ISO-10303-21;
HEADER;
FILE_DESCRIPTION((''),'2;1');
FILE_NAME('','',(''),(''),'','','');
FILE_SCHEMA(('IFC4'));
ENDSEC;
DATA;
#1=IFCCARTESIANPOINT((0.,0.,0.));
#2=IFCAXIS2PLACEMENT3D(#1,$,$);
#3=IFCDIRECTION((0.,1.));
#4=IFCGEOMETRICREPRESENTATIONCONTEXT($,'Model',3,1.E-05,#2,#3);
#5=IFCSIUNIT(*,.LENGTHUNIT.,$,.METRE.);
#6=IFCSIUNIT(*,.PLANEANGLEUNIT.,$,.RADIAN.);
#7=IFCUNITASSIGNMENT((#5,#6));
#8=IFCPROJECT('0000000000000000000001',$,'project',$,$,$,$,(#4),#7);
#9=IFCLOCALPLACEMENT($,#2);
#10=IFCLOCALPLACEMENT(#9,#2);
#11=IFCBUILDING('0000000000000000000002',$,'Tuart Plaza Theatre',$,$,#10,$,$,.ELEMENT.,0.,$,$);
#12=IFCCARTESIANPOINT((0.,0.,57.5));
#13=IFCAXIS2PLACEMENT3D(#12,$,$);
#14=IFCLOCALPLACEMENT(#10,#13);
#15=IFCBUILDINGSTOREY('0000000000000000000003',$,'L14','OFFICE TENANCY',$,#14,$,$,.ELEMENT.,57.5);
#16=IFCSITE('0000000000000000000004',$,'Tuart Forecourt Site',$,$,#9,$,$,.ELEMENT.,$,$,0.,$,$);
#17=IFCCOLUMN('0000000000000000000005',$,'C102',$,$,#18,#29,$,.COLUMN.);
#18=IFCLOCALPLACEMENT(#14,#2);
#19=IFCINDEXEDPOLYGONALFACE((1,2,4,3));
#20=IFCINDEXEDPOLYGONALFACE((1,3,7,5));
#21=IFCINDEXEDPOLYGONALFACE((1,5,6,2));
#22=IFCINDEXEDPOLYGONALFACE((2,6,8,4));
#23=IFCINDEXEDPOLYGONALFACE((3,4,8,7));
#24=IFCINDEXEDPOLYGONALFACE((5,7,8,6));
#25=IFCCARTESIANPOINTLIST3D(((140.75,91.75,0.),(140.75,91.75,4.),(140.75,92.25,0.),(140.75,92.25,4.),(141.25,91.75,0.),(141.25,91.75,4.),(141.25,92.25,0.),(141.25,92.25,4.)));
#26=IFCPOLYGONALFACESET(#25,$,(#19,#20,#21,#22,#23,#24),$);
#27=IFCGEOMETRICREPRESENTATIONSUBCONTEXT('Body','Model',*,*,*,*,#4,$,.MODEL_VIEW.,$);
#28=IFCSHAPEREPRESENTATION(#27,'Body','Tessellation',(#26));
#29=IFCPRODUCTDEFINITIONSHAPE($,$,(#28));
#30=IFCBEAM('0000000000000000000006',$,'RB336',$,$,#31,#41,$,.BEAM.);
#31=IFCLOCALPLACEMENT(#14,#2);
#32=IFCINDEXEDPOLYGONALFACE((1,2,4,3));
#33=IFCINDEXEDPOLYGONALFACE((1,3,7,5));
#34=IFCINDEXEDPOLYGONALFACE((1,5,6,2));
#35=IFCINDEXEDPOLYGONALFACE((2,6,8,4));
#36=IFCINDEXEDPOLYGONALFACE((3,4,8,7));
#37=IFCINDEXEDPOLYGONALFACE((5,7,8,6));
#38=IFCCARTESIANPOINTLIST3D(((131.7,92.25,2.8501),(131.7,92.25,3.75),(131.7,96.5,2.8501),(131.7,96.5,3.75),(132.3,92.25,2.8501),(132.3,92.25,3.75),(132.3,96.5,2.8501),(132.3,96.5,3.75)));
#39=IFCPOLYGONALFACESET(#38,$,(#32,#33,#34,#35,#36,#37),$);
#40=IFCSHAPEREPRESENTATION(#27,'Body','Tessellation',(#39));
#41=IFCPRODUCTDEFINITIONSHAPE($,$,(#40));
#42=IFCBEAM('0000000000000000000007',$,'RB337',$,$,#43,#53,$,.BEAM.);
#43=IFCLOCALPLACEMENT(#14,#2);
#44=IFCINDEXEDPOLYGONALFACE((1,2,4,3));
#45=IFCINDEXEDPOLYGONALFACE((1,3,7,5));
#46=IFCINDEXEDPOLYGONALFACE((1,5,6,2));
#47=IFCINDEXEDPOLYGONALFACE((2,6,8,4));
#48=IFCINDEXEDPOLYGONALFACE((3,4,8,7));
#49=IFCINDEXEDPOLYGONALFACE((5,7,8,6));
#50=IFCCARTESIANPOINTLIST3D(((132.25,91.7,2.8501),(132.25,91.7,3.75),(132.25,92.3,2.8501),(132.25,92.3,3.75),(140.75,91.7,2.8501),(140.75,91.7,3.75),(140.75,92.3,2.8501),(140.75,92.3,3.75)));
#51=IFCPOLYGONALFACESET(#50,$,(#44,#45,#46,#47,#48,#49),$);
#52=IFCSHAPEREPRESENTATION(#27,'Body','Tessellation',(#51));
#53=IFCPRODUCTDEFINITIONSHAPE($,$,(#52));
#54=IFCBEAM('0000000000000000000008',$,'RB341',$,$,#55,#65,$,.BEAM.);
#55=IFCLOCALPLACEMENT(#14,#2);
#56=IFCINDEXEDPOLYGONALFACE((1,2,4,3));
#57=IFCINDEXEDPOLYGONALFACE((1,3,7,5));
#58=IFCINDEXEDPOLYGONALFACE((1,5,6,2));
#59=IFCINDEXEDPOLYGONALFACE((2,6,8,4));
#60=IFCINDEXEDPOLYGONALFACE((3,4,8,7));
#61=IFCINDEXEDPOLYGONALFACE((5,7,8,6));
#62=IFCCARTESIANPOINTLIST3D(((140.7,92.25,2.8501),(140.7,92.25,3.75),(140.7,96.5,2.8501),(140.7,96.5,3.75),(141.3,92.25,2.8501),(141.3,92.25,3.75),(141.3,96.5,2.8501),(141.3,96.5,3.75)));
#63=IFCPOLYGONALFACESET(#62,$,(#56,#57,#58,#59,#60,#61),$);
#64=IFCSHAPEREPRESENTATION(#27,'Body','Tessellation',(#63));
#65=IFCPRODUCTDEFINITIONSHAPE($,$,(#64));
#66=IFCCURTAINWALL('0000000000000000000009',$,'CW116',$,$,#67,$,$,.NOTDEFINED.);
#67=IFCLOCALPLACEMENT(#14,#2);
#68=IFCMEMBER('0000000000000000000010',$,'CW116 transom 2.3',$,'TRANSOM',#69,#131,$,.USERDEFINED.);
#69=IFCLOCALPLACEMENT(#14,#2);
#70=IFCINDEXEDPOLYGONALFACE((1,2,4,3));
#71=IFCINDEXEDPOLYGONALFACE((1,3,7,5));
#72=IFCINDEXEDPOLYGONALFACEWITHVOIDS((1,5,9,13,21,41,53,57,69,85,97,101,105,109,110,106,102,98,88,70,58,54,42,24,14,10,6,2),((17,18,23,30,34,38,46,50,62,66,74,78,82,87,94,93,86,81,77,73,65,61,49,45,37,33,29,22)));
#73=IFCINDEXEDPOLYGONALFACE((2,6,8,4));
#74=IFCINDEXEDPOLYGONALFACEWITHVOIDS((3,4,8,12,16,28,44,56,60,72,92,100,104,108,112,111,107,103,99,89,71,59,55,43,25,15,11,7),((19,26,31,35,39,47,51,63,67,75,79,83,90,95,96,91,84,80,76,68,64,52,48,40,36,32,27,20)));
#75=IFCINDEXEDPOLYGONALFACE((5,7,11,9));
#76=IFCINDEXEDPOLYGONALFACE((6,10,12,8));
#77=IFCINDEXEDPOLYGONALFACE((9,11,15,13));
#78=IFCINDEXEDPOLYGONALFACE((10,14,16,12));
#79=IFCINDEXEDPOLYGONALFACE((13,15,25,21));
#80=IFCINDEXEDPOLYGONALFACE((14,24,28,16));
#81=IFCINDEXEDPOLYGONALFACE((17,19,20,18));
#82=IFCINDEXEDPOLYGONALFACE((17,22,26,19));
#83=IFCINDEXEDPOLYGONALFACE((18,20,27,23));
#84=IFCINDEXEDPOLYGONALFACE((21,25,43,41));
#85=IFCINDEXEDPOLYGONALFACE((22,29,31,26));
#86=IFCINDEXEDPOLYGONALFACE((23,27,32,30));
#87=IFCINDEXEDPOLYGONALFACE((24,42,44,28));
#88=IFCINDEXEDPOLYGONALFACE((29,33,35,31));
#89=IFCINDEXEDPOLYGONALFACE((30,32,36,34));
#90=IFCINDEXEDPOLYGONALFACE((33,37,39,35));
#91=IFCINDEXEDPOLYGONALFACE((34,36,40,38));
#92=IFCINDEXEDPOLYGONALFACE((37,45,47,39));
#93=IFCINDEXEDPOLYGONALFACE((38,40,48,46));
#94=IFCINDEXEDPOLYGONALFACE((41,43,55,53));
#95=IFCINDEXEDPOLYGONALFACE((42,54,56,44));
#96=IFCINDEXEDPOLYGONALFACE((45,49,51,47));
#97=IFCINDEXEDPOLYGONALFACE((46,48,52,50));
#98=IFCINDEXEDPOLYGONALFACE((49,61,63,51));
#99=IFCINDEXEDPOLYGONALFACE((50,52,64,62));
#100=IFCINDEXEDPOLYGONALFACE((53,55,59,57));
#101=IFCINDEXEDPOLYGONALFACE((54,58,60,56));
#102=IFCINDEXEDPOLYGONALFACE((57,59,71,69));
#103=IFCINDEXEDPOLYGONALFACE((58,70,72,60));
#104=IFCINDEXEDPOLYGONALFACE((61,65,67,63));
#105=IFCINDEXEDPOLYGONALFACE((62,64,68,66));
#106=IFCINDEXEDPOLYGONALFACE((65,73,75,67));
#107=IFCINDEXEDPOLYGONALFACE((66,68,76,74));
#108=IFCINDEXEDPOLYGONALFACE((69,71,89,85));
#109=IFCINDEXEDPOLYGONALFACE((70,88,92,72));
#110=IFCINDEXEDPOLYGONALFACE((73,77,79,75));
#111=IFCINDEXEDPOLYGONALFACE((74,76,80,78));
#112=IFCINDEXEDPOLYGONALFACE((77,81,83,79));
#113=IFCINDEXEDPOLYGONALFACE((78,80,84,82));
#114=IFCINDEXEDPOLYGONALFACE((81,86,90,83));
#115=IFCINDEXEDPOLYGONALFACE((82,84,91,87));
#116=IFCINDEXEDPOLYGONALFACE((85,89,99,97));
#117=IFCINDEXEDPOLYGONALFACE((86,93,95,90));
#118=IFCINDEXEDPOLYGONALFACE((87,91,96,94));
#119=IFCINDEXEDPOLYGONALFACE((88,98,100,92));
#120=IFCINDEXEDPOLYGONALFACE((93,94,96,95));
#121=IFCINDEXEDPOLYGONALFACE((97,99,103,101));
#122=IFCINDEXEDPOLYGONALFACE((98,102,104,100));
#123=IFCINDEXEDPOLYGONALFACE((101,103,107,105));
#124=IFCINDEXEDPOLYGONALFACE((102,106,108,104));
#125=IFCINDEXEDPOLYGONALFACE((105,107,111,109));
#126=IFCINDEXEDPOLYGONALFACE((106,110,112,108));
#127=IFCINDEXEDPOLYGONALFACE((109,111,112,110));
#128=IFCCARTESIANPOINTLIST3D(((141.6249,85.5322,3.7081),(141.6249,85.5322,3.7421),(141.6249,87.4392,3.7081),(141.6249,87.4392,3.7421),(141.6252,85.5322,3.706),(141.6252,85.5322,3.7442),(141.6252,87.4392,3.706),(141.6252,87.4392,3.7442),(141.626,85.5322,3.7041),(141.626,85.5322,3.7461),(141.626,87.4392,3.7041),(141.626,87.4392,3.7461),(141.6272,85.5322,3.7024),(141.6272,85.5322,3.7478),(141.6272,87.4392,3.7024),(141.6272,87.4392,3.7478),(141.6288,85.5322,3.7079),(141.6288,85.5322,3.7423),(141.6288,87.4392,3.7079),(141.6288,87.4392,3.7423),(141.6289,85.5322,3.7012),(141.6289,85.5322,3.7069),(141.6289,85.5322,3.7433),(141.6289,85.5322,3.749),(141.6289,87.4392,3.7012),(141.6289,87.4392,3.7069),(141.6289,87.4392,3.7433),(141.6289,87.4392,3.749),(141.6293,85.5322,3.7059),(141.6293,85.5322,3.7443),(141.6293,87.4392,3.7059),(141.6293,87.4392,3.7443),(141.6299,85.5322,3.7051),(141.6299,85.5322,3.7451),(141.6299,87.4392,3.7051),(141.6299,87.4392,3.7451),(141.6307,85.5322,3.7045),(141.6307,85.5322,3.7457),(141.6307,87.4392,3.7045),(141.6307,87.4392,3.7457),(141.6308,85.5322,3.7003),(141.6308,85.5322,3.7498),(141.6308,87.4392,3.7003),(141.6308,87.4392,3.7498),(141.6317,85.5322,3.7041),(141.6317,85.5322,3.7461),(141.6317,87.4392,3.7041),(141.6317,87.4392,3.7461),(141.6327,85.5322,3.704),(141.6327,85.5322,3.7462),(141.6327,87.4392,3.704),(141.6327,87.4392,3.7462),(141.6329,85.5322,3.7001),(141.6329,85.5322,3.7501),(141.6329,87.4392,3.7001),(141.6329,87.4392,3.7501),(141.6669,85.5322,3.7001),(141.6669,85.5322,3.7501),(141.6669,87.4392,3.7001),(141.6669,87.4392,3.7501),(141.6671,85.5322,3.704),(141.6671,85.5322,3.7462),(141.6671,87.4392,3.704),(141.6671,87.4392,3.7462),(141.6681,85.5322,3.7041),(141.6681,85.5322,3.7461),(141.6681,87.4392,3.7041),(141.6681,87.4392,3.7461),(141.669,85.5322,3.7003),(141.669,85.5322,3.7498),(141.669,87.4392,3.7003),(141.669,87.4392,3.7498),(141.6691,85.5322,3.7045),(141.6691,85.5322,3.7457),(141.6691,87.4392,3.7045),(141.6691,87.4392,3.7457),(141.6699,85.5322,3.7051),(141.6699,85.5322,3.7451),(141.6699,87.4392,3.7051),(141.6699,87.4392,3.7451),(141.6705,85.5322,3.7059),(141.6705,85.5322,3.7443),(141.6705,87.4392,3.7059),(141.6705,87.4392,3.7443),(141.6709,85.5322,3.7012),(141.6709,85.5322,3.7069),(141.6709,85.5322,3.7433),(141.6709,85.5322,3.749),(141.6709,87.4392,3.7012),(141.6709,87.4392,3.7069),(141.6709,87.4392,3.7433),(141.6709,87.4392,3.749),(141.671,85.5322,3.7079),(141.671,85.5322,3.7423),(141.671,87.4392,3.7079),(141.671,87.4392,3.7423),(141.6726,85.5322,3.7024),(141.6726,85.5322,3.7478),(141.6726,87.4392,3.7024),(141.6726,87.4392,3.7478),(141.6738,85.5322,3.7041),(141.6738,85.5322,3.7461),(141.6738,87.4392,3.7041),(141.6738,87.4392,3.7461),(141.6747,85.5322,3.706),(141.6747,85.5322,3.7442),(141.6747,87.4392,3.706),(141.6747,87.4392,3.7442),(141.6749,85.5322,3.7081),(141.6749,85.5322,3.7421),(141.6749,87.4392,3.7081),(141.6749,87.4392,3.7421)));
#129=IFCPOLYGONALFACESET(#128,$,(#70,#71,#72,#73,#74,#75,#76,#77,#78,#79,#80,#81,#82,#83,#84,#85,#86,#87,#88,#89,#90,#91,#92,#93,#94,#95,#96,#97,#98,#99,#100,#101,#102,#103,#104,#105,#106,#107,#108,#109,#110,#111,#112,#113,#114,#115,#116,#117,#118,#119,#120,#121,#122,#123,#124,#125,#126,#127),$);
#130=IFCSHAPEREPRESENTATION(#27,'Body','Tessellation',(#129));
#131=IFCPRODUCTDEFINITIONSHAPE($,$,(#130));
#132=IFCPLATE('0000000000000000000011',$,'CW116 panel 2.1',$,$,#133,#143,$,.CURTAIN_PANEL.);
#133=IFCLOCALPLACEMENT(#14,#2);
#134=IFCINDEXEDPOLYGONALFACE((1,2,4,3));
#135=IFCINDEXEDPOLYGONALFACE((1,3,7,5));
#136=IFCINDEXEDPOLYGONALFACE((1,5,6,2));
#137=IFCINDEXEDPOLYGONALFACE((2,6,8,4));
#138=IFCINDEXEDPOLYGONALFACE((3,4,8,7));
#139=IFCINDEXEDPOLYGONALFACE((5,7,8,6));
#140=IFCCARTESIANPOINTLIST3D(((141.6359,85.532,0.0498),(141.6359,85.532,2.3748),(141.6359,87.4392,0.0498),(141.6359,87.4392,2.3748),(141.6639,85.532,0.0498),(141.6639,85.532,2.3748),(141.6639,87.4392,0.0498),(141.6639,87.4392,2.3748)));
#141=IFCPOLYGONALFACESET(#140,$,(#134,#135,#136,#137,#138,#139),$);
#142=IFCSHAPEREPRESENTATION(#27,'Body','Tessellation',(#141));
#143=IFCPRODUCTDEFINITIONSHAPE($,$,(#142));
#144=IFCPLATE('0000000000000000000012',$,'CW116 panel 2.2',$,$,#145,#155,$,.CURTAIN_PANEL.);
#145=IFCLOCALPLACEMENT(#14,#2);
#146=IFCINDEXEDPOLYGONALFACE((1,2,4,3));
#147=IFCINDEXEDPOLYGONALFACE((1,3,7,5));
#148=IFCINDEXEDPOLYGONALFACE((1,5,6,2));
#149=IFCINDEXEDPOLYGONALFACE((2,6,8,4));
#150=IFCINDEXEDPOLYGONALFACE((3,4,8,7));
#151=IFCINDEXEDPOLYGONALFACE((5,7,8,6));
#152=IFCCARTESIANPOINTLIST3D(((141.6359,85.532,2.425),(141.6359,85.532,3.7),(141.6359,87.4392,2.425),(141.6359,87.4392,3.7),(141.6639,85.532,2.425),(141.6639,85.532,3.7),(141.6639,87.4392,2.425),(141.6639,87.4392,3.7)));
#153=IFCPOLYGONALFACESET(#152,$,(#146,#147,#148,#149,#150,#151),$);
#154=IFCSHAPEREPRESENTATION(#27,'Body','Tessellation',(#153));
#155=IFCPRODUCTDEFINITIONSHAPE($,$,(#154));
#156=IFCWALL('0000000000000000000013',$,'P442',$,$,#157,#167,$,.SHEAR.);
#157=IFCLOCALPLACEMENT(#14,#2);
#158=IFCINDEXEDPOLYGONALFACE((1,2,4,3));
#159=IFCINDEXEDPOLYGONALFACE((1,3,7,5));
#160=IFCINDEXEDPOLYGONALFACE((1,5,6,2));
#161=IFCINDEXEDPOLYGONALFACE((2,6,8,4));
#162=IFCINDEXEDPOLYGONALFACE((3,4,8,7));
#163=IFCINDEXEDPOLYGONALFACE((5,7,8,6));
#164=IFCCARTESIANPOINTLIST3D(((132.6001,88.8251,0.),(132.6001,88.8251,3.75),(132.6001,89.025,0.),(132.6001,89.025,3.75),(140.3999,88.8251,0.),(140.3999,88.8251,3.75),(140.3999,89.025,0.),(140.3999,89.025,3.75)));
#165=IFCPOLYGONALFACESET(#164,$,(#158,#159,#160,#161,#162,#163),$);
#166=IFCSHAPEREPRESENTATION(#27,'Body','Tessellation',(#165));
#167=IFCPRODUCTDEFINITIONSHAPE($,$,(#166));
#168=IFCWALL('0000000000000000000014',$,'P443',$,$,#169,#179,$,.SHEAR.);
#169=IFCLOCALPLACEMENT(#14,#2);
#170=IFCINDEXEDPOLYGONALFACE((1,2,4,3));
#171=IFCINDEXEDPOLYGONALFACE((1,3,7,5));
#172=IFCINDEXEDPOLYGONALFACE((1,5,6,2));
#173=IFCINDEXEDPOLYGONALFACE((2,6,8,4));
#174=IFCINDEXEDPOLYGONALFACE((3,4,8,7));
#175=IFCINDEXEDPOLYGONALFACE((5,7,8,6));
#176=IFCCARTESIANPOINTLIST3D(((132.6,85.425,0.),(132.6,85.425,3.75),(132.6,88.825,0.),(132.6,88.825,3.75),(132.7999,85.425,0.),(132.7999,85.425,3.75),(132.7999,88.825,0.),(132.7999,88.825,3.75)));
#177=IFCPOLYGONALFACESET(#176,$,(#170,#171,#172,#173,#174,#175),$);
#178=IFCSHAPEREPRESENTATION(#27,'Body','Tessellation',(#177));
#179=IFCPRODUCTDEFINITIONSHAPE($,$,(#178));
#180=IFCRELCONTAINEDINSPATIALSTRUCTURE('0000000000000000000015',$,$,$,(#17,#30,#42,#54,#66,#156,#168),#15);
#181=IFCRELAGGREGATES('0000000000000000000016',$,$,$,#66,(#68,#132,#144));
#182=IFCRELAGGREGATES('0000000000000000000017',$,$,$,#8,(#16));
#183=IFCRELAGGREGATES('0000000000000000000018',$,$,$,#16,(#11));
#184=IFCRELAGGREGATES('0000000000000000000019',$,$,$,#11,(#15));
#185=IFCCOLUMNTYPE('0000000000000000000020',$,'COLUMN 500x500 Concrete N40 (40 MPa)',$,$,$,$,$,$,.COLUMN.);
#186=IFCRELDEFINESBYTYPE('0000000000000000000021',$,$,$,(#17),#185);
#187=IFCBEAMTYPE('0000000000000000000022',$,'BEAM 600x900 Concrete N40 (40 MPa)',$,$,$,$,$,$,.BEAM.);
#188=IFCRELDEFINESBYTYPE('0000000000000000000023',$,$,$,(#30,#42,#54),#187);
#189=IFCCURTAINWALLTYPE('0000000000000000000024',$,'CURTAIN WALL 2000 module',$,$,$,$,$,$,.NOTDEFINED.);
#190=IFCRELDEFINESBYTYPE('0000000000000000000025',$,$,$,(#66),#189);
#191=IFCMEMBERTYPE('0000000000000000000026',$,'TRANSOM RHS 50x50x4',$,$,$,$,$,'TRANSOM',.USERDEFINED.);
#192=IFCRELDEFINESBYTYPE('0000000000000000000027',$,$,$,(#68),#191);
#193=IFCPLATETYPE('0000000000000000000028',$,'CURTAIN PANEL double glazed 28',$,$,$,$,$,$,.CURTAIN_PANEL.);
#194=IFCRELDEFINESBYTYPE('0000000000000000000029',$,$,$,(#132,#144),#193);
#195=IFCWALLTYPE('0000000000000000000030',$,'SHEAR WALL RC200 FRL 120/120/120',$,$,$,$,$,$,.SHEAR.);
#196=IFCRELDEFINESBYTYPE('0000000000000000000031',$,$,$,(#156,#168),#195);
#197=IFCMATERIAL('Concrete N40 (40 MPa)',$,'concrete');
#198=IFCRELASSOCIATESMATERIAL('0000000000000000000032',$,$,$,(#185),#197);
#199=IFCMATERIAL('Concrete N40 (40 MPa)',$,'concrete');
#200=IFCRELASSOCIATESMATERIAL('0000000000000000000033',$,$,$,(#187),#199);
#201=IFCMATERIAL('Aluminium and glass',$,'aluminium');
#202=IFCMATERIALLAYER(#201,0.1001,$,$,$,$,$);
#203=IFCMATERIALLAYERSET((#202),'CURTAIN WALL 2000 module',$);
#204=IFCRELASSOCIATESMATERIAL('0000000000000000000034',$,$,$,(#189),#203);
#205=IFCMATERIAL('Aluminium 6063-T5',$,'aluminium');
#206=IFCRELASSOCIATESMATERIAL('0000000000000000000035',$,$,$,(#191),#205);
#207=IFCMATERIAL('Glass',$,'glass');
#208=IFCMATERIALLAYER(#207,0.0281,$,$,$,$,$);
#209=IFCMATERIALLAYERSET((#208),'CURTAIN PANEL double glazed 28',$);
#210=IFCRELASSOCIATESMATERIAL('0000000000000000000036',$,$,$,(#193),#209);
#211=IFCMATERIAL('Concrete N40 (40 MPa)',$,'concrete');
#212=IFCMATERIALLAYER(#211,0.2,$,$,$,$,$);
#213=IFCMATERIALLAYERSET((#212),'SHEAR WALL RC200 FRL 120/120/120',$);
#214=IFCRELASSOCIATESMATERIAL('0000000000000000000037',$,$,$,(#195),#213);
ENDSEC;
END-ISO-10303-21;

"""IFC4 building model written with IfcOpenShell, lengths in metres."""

from ifc_helpers import new_model, si_unit, direction, frame, frame_2d, origin, origin_2d, place, context, subcontext, project, spatial, rectangle, hollow_rectangle, extrude, material, layer, layer_set, material_profile, profile_set, type_object, element, aggregate, save


model = new_model("IFC4")

# Units and contexts
model_context = context("Model", 3, precision=1e-05, world=origin(), true_north=direction((0.0, 1.0)))
body_context = subcontext(model_context, "Body", "Model", "MODEL_VIEW")
ifc_project = project(units=[si_unit("LENGTHUNIT", "METRE"), si_unit("PLANEANGLEUNIT", "RADIAN")], contexts=[model_context])

# Site, building, storey
site_placement = place(None, origin())
site = spatial("IfcSite", under=ifc_project, at=site_placement, Name="Tuart Forecourt Site", CompositionType="ELEMENT", RefElevation=0.0)
building_placement = place(site_placement, origin())
building = spatial("IfcBuilding", under=site, at=building_placement, Name="Tuart Plaza Theatre", CompositionType="ELEMENT", ElevationOfRefHeight=0.0)
storey_placement = place(building_placement, frame((0.0, 0.0, 57.5)))
storey = spatial("IfcBuildingStorey", under=building, at=storey_placement, Name="L14", Description="OFFICE TENANCY", CompositionType="ELEMENT", Elevation=57.5)

# Column
ifc_material_1 = material(Name="Concrete N40 (40 MPa)", Category="concrete")
ifc_material_profile_1 = material_profile(ifc_material_1, rectangle(XDim=0.5, YDim=0.5, at=origin_2d()), Name="COLUMN 500x500 Concrete N40 (40 MPa)")
ifc_profile_set_1 = profile_set([ifc_material_profile_1], Name="Concrete N40 (40 MPa)")
column_type = type_object("IfcColumnType", Name="COLUMN 500x500 Concrete N40 (40 MPa)", PredefinedType="COLUMN", material=ifc_profile_set_1)
column_placement = place(storey_placement, frame((141.0, 92.0, 0.0), z_axis=(0.0, 0.0, 1.0), x_axis=(1.0, 0.0, 0.0)))
element("IfcColumn", 1, at=column_placement, inside=storey, type_object=column_type, Name="C102", PredefinedType="COLUMN", context=body_context, shape_type="SweptSolid", body=[
    extrude(rectangle(XDim=0.5, YDim=0.5, at=origin_2d()), origin(), (0.0, 0.0, 1.0), 4.0),
])

# Beams
ifc_material_2 = material(Name="Concrete N40 (40 MPa)", Category="concrete")
ifc_material_profile_2 = material_profile(ifc_material_2, rectangle(XDim=0.6001, YDim=0.8999, at=origin_2d()), Name="BEAM 600x900 Concrete N40 (40 MPa)")
ifc_profile_set_2 = profile_set([ifc_material_profile_2], Name="Concrete N40 (40 MPa)")
beam_type = type_object("IfcBeamType", Name="BEAM 600x900 Concrete N40 (40 MPa)", PredefinedType="BEAM", material=ifc_profile_set_2)
beam_1_placement = place(storey_placement, frame((132.0, 92.25, 3.3), z_axis=(0.0, 1.0, 0.0), x_axis=(-1.0, 0.0, 0.0)))
element("IfcBeam", 2, at=beam_1_placement, inside=storey, type_object=beam_type, Name="RB336", PredefinedType="BEAM", context=body_context, shape_type="SweptSolid", body=[
    extrude(rectangle(XDim=0.6001, YDim=0.8999, at=origin_2d()), origin(), (0.0, 0.0, 1.0), 4.25),
])
beam_2_placement = place(storey_placement, frame((132.25, 92.0, 3.3), z_axis=(1.0, 0.0, 0.0), x_axis=(0.0, 1.0, 0.0)))
element("IfcBeam", 3, at=beam_2_placement, inside=storey, type_object=beam_type, Name="RB337", PredefinedType="BEAM", context=body_context, shape_type="SweptSolid", body=[
    extrude(rectangle(XDim=0.6001, YDim=0.8999, at=origin_2d()), origin(), (0.0, 0.0, 1.0), 8.5),
])
beam_3_placement = place(storey_placement, frame((141.0, 92.25, 3.3), z_axis=(0.0, 1.0, 0.0), x_axis=(-1.0, 0.0, 0.0)))
element("IfcBeam", 4, at=beam_3_placement, inside=storey, type_object=beam_type, Name="RB341", PredefinedType="BEAM", context=body_context, shape_type="SweptSolid", body=[
    extrude(rectangle(XDim=0.6001, YDim=0.8999, at=origin_2d()), origin(), (0.0, 0.0, 1.0), 4.25),
])

# Curtain wall, member, plates
ifc_material_3 = material(Name="Aluminium and glass", Category="aluminium")
ifc_layer_1 = layer(ifc_material_3, 0.1001)
ifc_layer_set_1 = layer_set([ifc_layer_1], Name="CURTAIN WALL 2000 module")
curtain_wall_type = type_object("IfcCurtainWallType", Name="CURTAIN WALL 2000 module", PredefinedType="NOTDEFINED", material=ifc_layer_set_1)
curtain_wall_placement = place(storey_placement, origin())
curtain_wall = element("IfcCurtainWall", 5, at=curtain_wall_placement, inside=storey, type_object=curtain_wall_type, Name="CW116", PredefinedType="NOTDEFINED")
ifc_material_4 = material(Name="Aluminium 6063-T5", Category="aluminium")
ifc_material_profile_3 = material_profile(ifc_material_4, hollow_rectangle(XDim=0.05, YDim=0.05, WallThickness=0.0039, InnerFilletRadius=0.0039, OuterFilletRadius=0.0081, at=origin_2d()), Name="RHS 50x50x4")
ifc_profile_set_3 = profile_set([ifc_material_profile_3], Name="Aluminium 6063-T5")
member_type = type_object("IfcMemberType", Name="TRANSOM RHS 50x50x4", ElementType="TRANSOM", PredefinedType="USERDEFINED", material=ifc_profile_set_3)
member_placement = place(storey_placement, frame((141.6499, 85.5322, 3.7251), z_axis=(0.0, 1.0, 0.0), x_axis=(-1.0, 0.0, 0.0)))
member = element("IfcMember", 6, at=member_placement, type_object=member_type, Name="CW116 transom 2.3", ObjectType="TRANSOM", PredefinedType="USERDEFINED", context=body_context, shape_type="SweptSolid", body=[
    extrude(hollow_rectangle(XDim=0.05, YDim=0.05, WallThickness=0.0039, InnerFilletRadius=0.0039, OuterFilletRadius=0.0081, at=origin_2d()), origin(), (0.0, 0.0, 1.0), 1.907),
])
ifc_material_5 = material(Name="Glass", Category="glass")
ifc_layer_2 = layer(ifc_material_5, 0.0281)
ifc_layer_set_2 = layer_set([ifc_layer_2], Name="CURTAIN PANEL double glazed 28")
plate_type = type_object("IfcPlateType", Name="CURTAIN PANEL double glazed 28", PredefinedType="CURTAIN_PANEL", material=ifc_layer_set_2)
plate_1_placement = place(storey_placement, frame((141.6499, 86.4856, 0.0498), z_axis=(0.0, 0.0, 1.0), x_axis=(0.0, 1.0, 0.0)))
plate_1 = element("IfcPlate", 7, at=plate_1_placement, type_object=plate_type, Name="CW116 panel 2.1", PredefinedType="CURTAIN_PANEL", context=body_context, shape_type="SweptSolid", body=[
    extrude(rectangle(XDim=1.9072, YDim=0.0281, at=origin_2d()), origin(), (0.0, 0.0, 1.0), 2.325),
])
plate_2_placement = place(storey_placement, frame((141.6499, 86.4856, 2.425), z_axis=(0.0, 0.0, 1.0), x_axis=(0.0, 1.0, 0.0)))
plate_2 = element("IfcPlate", 8, at=plate_2_placement, type_object=plate_type, Name="CW116 panel 2.2", PredefinedType="CURTAIN_PANEL", context=body_context, shape_type="SweptSolid", body=[
    extrude(rectangle(XDim=1.9072, YDim=0.0281, at=origin_2d()), origin(), (0.0, 0.0, 1.0), 1.2749),
])
aggregate(curtain_wall, [member, plate_1, plate_2])

# Walls
ifc_material_6 = material(Name="Concrete N40 (40 MPa)", Category="concrete")
ifc_layer_3 = layer(ifc_material_6, 0.2)
ifc_layer_set_3 = layer_set([ifc_layer_3], Name="SHEAR WALL RC200 FRL 120/120/120")
wall_type = type_object("IfcWallType", Name="SHEAR WALL RC200 FRL 120/120/120", PredefinedType="SHEAR", material=ifc_layer_set_3)
wall_1_placement = place(storey_placement, frame((140.3999, 88.925, 0.0), z_axis=(0.0, 0.0, 1.0), x_axis=(-1.0, 0.0, 0.0)))
element("IfcWall", 9, at=wall_1_placement, inside=storey, type_object=wall_type, Name="P442", PredefinedType="SHEAR", context=body_context, shape_type="SweptSolid", body=[
    extrude(rectangle(XDim=7.7998, YDim=0.2, at=frame_2d((3.8999, 0.0))), origin(), (0.0, 0.0, 1.0), 3.75),
])
wall_2_placement = place(storey_placement, frame((132.7, 88.825, 0.0), z_axis=(0.0, 0.0, 1.0), x_axis=(0.0, -1.0, 0.0)))
element("IfcWall", 10, at=wall_2_placement, inside=storey, type_object=wall_type, Name="P443", PredefinedType="SHEAR", context=body_context, shape_type="SweptSolid", body=[
    extrude(rectangle(XDim=3.3999, YDim=0.2, at=frame_2d((1.7, 0.0))), origin(), (0.0, 0.0, 1.0), 3.75),
])

save(model, "model.ifc")
